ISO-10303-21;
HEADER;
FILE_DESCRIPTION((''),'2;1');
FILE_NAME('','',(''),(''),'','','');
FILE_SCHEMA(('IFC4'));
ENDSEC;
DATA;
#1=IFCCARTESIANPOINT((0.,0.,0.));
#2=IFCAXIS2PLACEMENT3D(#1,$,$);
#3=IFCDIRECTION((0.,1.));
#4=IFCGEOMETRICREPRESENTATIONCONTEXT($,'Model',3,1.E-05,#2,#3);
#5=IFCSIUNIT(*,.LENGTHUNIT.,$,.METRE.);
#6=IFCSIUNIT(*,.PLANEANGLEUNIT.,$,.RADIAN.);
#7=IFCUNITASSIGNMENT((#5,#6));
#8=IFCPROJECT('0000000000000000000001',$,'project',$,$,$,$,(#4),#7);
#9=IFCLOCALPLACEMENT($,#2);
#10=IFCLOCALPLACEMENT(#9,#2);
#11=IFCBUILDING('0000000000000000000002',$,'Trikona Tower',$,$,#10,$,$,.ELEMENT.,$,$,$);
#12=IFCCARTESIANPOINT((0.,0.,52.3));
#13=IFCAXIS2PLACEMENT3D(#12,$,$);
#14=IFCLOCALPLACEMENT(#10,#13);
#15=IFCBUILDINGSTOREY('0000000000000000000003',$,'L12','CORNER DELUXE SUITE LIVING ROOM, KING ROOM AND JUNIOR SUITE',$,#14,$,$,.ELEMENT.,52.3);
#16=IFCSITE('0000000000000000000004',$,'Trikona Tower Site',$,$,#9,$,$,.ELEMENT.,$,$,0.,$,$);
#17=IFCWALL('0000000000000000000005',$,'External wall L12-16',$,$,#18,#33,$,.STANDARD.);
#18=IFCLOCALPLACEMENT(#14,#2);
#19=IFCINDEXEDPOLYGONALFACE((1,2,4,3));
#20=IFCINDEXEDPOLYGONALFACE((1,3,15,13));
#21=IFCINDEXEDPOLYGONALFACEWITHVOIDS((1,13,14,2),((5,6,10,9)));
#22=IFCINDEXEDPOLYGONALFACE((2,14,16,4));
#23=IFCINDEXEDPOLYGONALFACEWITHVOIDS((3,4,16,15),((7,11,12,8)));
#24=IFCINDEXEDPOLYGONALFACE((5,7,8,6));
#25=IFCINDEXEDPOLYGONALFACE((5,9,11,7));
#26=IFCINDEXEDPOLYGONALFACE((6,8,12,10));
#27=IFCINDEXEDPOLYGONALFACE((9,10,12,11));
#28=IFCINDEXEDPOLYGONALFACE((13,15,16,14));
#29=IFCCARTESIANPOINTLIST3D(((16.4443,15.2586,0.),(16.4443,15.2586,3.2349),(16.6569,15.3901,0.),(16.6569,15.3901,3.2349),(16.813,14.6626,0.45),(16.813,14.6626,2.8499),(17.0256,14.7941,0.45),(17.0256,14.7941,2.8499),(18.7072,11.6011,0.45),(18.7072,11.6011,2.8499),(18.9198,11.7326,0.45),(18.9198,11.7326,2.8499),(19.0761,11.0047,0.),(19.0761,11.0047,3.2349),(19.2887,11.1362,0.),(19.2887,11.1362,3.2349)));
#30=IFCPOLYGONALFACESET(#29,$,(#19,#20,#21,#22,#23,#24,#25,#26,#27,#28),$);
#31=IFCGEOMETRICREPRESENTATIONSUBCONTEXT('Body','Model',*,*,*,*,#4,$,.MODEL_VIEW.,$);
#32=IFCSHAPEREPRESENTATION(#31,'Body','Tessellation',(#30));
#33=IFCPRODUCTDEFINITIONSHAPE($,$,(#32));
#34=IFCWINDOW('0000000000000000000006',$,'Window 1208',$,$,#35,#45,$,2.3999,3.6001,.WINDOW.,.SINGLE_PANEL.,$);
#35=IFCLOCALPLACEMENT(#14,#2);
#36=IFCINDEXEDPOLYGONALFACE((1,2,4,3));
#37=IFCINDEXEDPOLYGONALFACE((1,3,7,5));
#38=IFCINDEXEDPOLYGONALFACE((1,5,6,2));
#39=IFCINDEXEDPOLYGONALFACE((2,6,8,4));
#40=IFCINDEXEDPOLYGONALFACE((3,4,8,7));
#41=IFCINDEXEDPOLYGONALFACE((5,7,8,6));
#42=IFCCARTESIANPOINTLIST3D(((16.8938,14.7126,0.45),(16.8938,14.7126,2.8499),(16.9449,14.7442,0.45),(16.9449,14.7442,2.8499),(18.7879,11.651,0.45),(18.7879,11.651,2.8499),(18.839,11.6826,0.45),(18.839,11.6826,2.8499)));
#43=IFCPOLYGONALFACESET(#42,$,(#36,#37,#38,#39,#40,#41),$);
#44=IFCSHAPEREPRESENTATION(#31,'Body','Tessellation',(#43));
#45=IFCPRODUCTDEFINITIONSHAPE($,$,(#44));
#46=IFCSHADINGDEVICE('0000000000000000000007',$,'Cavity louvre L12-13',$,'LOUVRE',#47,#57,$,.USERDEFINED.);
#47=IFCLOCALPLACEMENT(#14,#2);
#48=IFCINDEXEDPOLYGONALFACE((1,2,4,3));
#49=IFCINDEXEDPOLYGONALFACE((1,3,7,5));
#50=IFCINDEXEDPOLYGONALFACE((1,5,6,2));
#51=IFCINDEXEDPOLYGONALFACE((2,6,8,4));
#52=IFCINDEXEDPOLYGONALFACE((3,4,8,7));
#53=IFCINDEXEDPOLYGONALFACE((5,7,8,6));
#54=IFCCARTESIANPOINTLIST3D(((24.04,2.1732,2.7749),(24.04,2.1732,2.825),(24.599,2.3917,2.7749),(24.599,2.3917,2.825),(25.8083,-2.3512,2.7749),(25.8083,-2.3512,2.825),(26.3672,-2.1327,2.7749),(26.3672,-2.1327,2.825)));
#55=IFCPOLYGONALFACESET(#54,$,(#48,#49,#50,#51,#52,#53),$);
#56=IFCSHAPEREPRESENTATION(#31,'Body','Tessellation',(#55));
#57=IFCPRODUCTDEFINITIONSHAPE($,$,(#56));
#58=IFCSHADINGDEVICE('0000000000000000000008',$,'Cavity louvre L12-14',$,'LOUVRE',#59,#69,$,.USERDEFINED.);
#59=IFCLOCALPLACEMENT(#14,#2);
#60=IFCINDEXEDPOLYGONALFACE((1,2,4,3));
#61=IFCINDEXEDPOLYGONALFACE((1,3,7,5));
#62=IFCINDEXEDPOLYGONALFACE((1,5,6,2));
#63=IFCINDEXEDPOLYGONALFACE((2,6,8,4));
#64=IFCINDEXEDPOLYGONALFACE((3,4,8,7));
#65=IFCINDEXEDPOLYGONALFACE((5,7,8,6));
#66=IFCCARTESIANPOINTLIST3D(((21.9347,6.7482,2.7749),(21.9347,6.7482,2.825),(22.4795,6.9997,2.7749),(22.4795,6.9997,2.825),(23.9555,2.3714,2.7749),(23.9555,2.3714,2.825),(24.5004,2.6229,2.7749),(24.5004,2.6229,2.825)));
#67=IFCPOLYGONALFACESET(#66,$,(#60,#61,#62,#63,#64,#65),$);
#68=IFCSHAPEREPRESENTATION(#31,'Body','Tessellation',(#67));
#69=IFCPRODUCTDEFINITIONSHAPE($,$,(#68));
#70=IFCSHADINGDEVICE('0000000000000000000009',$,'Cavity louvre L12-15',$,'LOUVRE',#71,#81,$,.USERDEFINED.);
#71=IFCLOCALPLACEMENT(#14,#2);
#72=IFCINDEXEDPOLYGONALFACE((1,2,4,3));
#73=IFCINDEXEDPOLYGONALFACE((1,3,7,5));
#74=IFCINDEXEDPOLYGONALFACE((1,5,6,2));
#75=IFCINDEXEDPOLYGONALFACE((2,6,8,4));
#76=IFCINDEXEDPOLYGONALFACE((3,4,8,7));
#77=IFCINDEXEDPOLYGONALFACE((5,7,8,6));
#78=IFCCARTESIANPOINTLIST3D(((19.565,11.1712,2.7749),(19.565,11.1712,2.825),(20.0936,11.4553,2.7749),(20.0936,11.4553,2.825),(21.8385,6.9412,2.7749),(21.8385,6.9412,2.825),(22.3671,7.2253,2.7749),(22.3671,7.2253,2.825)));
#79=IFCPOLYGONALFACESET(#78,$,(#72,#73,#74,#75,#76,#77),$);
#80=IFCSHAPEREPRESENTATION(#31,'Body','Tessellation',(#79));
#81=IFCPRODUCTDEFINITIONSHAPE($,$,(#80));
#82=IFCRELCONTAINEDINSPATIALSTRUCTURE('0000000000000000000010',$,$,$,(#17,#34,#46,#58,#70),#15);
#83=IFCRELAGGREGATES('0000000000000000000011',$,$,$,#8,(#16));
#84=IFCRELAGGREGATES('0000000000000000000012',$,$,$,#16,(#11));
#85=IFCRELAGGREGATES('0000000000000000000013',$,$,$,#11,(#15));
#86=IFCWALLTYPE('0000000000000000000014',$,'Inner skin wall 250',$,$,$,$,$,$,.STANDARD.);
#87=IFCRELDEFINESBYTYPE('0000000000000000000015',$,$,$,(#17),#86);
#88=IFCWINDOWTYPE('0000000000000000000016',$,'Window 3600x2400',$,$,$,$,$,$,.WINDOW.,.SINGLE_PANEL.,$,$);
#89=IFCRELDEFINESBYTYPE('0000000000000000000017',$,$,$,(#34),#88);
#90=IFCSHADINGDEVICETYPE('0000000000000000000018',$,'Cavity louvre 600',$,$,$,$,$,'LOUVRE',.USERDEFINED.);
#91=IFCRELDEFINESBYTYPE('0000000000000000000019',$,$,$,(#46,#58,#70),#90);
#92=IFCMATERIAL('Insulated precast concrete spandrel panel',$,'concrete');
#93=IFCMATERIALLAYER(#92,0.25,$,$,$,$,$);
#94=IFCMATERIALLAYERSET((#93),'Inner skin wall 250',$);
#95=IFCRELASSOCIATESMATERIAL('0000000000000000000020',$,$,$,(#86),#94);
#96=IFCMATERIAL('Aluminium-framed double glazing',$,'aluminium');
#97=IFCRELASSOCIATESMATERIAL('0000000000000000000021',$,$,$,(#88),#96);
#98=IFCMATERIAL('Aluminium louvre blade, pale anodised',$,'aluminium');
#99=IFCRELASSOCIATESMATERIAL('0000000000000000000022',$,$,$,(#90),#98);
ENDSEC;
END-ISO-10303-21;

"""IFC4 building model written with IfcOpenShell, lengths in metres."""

from ifc_helpers import new_model, si_unit, direction, frame, frame_2d, origin, origin_2d, place, context, subcontext, project, spatial, rectangle, extrude, material, layer, layer_set, type_object, element, fill, save


model = new_model("IFC4")

# Units and contexts
model_context = context("Model", 3, precision=1e-05, world=origin(), true_north=direction((0.0, 1.0)))
body_context = subcontext(model_context, "Body", "Model", "MODEL_VIEW")
ifc_project = project(units=[si_unit("LENGTHUNIT", "METRE"), si_unit("PLANEANGLEUNIT", "RADIAN")], contexts=[model_context])

# Site, building, storey
site_placement = place(None, origin())
site = spatial("IfcSite", under=ifc_project, at=site_placement, Name="Trikona Tower Site", CompositionType="ELEMENT", RefElevation=0.0)
building_placement = place(site_placement, origin())
building = spatial("IfcBuilding", under=site, at=building_placement, Name="Trikona Tower", CompositionType="ELEMENT")
storey_placement = place(building_placement, frame((0.0, 0.0, 52.3)))
storey = spatial("IfcBuildingStorey", under=building, at=storey_placement, Name="L12", Description="CORNER DELUXE SUITE LIVING ROOM, KING ROOM AND JUNIOR SUITE", CompositionType="ELEMENT", Elevation=52.3)

# Wall, opening, window
ifc_material_1 = material(Name="Insulated precast concrete spandrel panel", Category="concrete")
ifc_layer_1 = layer(ifc_material_1, 0.25)
ifc_layer_set_1 = layer_set([ifc_layer_1], Name="Inner skin wall 250")
wall_type = type_object("IfcWallType", Name="Inner skin wall 250", PredefinedType="STANDARD", material=ifc_layer_set_1)
ifc_material_2 = material(Name="Aluminium-framed double glazing", Category="aluminium")
window_type = type_object("IfcWindowType", Name="Window 3600x2400", PartitioningType="SINGLE_PANEL", PredefinedType="WINDOW", material=ifc_material_2)
wall_1_placement = place(storey_placement, frame((19.1824, 11.0706, 0.0), z_axis=(0.0, 0.0, 1.0), x_axis=(-0.526133, 0.850402, 0.0)))
wall_1 = element("IfcWall", 1, at=wall_1_placement, inside=storey, type_object=wall_type, Name="External wall L12-16", PredefinedType="STANDARD", context=body_context, shape_type="SweptSolid", body=[
    extrude(rectangle(XDim=5.0022, YDim=0.25, at=frame_2d((2.501, 0.0))), origin(), (0.0, 0.0, 1.0), 3.2349),
])
opening_1_placement = place(wall_1_placement, frame((0.7012, 0.0, 0.45)))
opening_1 = element("IfcOpeningElement", 2, at=opening_1_placement, cuts=wall_1, PredefinedType="OPENING", context=body_context, shape_type="SweptSolid", body=[
    extrude(rectangle(XDim=3.6001, YDim=2.3999, at=frame_2d((1.8, 1.2))), frame((0.0, 0.135, 0.0), z_axis=(0.0, -1.0, 0.0), x_axis=(1.0, 0.0, 0.0)), (0.0, 0.0, 1.0), 0.27),
])
window_1_placement = place(opening_1_placement, origin())
window_1 = element("IfcWindow", 3, at=window_1_placement, inside=storey, type_object=window_type, Name="Window 1208", OverallHeight=2.3999, OverallWidth=3.6001, PartitioningType="SINGLE_PANEL", PredefinedType="WINDOW", context=body_context, shape_type="SweptSolid", body=[
    extrude(rectangle(XDim=3.6001, YDim=2.3999, at=frame_2d((1.8, 1.2))), frame((0.0, 0.03, 0.0), z_axis=(0.0, -1.0, 0.0), x_axis=(1.0, 0.0, 0.0)), (0.0, 0.0, 1.0), 0.0601),
])
fill(opening_1, window_1)

# Shading devices
ifc_material_3 = material(Name="Aluminium louvre blade, pale anodised", Category="aluminium")
shading_device_type = type_object("IfcShadingDeviceType", Name="Cavity louvre 600", ElementType="LOUVRE", PredefinedType="USERDEFINED", material=ifc_material_3)
shading_device_1_placement = place(storey_placement, frame((25.2036, 0.0203, 2.7749), z_axis=(0.0, 0.0, 1.0), x_axis=(-0.364009, 0.931395, 0.0)))
element("IfcShadingDevice", 4, at=shading_device_1_placement, inside=storey, type_object=shading_device_type, Name="Cavity louvre L12-13", ObjectType="LOUVRE", PredefinedType="USERDEFINED", context=body_context, shape_type="SweptSolid", body=[
    extrude(rectangle(XDim=4.8577, YDim=0.6001, at=origin_2d()), origin(), (0.0, 0.0, 1.0), 0.05),
])
shading_device_2_placement = place(storey_placement, frame((23.2175, 4.6855, 2.7749), z_axis=(0.0, 0.0, 1.0), x_axis=(-0.419194, 0.907897, 0.0)))
element("IfcShadingDevice", 5, at=shading_device_2_placement, inside=storey, type_object=shading_device_type, Name="Cavity louvre L12-14", ObjectType="LOUVRE", PredefinedType="USERDEFINED", context=body_context, shape_type="SweptSolid", body=[
    extrude(rectangle(XDim=4.8208, YDim=0.6001, at=origin_2d()), origin(), (0.0, 0.0, 1.0), 0.05),
])
shading_device_3_placement = place(storey_placement, frame((20.9661, 9.1982, 2.7749), z_axis=(0.0, 0.0, 1.0), x_axis=(-0.473423, 0.880835, 0.0)))
element("IfcShadingDevice", 6, at=shading_device_3_placement, inside=storey, type_object=shading_device_type, Name="Cavity louvre L12-15", ObjectType="LOUVRE", PredefinedType="USERDEFINED", context=body_context, shape_type="SweptSolid", body=[
    extrude(rectangle(XDim=4.8022, YDim=0.6001, at=origin_2d()), origin(), (0.0, 0.0, 1.0), 0.05),
])

save(model, "model.ifc")
